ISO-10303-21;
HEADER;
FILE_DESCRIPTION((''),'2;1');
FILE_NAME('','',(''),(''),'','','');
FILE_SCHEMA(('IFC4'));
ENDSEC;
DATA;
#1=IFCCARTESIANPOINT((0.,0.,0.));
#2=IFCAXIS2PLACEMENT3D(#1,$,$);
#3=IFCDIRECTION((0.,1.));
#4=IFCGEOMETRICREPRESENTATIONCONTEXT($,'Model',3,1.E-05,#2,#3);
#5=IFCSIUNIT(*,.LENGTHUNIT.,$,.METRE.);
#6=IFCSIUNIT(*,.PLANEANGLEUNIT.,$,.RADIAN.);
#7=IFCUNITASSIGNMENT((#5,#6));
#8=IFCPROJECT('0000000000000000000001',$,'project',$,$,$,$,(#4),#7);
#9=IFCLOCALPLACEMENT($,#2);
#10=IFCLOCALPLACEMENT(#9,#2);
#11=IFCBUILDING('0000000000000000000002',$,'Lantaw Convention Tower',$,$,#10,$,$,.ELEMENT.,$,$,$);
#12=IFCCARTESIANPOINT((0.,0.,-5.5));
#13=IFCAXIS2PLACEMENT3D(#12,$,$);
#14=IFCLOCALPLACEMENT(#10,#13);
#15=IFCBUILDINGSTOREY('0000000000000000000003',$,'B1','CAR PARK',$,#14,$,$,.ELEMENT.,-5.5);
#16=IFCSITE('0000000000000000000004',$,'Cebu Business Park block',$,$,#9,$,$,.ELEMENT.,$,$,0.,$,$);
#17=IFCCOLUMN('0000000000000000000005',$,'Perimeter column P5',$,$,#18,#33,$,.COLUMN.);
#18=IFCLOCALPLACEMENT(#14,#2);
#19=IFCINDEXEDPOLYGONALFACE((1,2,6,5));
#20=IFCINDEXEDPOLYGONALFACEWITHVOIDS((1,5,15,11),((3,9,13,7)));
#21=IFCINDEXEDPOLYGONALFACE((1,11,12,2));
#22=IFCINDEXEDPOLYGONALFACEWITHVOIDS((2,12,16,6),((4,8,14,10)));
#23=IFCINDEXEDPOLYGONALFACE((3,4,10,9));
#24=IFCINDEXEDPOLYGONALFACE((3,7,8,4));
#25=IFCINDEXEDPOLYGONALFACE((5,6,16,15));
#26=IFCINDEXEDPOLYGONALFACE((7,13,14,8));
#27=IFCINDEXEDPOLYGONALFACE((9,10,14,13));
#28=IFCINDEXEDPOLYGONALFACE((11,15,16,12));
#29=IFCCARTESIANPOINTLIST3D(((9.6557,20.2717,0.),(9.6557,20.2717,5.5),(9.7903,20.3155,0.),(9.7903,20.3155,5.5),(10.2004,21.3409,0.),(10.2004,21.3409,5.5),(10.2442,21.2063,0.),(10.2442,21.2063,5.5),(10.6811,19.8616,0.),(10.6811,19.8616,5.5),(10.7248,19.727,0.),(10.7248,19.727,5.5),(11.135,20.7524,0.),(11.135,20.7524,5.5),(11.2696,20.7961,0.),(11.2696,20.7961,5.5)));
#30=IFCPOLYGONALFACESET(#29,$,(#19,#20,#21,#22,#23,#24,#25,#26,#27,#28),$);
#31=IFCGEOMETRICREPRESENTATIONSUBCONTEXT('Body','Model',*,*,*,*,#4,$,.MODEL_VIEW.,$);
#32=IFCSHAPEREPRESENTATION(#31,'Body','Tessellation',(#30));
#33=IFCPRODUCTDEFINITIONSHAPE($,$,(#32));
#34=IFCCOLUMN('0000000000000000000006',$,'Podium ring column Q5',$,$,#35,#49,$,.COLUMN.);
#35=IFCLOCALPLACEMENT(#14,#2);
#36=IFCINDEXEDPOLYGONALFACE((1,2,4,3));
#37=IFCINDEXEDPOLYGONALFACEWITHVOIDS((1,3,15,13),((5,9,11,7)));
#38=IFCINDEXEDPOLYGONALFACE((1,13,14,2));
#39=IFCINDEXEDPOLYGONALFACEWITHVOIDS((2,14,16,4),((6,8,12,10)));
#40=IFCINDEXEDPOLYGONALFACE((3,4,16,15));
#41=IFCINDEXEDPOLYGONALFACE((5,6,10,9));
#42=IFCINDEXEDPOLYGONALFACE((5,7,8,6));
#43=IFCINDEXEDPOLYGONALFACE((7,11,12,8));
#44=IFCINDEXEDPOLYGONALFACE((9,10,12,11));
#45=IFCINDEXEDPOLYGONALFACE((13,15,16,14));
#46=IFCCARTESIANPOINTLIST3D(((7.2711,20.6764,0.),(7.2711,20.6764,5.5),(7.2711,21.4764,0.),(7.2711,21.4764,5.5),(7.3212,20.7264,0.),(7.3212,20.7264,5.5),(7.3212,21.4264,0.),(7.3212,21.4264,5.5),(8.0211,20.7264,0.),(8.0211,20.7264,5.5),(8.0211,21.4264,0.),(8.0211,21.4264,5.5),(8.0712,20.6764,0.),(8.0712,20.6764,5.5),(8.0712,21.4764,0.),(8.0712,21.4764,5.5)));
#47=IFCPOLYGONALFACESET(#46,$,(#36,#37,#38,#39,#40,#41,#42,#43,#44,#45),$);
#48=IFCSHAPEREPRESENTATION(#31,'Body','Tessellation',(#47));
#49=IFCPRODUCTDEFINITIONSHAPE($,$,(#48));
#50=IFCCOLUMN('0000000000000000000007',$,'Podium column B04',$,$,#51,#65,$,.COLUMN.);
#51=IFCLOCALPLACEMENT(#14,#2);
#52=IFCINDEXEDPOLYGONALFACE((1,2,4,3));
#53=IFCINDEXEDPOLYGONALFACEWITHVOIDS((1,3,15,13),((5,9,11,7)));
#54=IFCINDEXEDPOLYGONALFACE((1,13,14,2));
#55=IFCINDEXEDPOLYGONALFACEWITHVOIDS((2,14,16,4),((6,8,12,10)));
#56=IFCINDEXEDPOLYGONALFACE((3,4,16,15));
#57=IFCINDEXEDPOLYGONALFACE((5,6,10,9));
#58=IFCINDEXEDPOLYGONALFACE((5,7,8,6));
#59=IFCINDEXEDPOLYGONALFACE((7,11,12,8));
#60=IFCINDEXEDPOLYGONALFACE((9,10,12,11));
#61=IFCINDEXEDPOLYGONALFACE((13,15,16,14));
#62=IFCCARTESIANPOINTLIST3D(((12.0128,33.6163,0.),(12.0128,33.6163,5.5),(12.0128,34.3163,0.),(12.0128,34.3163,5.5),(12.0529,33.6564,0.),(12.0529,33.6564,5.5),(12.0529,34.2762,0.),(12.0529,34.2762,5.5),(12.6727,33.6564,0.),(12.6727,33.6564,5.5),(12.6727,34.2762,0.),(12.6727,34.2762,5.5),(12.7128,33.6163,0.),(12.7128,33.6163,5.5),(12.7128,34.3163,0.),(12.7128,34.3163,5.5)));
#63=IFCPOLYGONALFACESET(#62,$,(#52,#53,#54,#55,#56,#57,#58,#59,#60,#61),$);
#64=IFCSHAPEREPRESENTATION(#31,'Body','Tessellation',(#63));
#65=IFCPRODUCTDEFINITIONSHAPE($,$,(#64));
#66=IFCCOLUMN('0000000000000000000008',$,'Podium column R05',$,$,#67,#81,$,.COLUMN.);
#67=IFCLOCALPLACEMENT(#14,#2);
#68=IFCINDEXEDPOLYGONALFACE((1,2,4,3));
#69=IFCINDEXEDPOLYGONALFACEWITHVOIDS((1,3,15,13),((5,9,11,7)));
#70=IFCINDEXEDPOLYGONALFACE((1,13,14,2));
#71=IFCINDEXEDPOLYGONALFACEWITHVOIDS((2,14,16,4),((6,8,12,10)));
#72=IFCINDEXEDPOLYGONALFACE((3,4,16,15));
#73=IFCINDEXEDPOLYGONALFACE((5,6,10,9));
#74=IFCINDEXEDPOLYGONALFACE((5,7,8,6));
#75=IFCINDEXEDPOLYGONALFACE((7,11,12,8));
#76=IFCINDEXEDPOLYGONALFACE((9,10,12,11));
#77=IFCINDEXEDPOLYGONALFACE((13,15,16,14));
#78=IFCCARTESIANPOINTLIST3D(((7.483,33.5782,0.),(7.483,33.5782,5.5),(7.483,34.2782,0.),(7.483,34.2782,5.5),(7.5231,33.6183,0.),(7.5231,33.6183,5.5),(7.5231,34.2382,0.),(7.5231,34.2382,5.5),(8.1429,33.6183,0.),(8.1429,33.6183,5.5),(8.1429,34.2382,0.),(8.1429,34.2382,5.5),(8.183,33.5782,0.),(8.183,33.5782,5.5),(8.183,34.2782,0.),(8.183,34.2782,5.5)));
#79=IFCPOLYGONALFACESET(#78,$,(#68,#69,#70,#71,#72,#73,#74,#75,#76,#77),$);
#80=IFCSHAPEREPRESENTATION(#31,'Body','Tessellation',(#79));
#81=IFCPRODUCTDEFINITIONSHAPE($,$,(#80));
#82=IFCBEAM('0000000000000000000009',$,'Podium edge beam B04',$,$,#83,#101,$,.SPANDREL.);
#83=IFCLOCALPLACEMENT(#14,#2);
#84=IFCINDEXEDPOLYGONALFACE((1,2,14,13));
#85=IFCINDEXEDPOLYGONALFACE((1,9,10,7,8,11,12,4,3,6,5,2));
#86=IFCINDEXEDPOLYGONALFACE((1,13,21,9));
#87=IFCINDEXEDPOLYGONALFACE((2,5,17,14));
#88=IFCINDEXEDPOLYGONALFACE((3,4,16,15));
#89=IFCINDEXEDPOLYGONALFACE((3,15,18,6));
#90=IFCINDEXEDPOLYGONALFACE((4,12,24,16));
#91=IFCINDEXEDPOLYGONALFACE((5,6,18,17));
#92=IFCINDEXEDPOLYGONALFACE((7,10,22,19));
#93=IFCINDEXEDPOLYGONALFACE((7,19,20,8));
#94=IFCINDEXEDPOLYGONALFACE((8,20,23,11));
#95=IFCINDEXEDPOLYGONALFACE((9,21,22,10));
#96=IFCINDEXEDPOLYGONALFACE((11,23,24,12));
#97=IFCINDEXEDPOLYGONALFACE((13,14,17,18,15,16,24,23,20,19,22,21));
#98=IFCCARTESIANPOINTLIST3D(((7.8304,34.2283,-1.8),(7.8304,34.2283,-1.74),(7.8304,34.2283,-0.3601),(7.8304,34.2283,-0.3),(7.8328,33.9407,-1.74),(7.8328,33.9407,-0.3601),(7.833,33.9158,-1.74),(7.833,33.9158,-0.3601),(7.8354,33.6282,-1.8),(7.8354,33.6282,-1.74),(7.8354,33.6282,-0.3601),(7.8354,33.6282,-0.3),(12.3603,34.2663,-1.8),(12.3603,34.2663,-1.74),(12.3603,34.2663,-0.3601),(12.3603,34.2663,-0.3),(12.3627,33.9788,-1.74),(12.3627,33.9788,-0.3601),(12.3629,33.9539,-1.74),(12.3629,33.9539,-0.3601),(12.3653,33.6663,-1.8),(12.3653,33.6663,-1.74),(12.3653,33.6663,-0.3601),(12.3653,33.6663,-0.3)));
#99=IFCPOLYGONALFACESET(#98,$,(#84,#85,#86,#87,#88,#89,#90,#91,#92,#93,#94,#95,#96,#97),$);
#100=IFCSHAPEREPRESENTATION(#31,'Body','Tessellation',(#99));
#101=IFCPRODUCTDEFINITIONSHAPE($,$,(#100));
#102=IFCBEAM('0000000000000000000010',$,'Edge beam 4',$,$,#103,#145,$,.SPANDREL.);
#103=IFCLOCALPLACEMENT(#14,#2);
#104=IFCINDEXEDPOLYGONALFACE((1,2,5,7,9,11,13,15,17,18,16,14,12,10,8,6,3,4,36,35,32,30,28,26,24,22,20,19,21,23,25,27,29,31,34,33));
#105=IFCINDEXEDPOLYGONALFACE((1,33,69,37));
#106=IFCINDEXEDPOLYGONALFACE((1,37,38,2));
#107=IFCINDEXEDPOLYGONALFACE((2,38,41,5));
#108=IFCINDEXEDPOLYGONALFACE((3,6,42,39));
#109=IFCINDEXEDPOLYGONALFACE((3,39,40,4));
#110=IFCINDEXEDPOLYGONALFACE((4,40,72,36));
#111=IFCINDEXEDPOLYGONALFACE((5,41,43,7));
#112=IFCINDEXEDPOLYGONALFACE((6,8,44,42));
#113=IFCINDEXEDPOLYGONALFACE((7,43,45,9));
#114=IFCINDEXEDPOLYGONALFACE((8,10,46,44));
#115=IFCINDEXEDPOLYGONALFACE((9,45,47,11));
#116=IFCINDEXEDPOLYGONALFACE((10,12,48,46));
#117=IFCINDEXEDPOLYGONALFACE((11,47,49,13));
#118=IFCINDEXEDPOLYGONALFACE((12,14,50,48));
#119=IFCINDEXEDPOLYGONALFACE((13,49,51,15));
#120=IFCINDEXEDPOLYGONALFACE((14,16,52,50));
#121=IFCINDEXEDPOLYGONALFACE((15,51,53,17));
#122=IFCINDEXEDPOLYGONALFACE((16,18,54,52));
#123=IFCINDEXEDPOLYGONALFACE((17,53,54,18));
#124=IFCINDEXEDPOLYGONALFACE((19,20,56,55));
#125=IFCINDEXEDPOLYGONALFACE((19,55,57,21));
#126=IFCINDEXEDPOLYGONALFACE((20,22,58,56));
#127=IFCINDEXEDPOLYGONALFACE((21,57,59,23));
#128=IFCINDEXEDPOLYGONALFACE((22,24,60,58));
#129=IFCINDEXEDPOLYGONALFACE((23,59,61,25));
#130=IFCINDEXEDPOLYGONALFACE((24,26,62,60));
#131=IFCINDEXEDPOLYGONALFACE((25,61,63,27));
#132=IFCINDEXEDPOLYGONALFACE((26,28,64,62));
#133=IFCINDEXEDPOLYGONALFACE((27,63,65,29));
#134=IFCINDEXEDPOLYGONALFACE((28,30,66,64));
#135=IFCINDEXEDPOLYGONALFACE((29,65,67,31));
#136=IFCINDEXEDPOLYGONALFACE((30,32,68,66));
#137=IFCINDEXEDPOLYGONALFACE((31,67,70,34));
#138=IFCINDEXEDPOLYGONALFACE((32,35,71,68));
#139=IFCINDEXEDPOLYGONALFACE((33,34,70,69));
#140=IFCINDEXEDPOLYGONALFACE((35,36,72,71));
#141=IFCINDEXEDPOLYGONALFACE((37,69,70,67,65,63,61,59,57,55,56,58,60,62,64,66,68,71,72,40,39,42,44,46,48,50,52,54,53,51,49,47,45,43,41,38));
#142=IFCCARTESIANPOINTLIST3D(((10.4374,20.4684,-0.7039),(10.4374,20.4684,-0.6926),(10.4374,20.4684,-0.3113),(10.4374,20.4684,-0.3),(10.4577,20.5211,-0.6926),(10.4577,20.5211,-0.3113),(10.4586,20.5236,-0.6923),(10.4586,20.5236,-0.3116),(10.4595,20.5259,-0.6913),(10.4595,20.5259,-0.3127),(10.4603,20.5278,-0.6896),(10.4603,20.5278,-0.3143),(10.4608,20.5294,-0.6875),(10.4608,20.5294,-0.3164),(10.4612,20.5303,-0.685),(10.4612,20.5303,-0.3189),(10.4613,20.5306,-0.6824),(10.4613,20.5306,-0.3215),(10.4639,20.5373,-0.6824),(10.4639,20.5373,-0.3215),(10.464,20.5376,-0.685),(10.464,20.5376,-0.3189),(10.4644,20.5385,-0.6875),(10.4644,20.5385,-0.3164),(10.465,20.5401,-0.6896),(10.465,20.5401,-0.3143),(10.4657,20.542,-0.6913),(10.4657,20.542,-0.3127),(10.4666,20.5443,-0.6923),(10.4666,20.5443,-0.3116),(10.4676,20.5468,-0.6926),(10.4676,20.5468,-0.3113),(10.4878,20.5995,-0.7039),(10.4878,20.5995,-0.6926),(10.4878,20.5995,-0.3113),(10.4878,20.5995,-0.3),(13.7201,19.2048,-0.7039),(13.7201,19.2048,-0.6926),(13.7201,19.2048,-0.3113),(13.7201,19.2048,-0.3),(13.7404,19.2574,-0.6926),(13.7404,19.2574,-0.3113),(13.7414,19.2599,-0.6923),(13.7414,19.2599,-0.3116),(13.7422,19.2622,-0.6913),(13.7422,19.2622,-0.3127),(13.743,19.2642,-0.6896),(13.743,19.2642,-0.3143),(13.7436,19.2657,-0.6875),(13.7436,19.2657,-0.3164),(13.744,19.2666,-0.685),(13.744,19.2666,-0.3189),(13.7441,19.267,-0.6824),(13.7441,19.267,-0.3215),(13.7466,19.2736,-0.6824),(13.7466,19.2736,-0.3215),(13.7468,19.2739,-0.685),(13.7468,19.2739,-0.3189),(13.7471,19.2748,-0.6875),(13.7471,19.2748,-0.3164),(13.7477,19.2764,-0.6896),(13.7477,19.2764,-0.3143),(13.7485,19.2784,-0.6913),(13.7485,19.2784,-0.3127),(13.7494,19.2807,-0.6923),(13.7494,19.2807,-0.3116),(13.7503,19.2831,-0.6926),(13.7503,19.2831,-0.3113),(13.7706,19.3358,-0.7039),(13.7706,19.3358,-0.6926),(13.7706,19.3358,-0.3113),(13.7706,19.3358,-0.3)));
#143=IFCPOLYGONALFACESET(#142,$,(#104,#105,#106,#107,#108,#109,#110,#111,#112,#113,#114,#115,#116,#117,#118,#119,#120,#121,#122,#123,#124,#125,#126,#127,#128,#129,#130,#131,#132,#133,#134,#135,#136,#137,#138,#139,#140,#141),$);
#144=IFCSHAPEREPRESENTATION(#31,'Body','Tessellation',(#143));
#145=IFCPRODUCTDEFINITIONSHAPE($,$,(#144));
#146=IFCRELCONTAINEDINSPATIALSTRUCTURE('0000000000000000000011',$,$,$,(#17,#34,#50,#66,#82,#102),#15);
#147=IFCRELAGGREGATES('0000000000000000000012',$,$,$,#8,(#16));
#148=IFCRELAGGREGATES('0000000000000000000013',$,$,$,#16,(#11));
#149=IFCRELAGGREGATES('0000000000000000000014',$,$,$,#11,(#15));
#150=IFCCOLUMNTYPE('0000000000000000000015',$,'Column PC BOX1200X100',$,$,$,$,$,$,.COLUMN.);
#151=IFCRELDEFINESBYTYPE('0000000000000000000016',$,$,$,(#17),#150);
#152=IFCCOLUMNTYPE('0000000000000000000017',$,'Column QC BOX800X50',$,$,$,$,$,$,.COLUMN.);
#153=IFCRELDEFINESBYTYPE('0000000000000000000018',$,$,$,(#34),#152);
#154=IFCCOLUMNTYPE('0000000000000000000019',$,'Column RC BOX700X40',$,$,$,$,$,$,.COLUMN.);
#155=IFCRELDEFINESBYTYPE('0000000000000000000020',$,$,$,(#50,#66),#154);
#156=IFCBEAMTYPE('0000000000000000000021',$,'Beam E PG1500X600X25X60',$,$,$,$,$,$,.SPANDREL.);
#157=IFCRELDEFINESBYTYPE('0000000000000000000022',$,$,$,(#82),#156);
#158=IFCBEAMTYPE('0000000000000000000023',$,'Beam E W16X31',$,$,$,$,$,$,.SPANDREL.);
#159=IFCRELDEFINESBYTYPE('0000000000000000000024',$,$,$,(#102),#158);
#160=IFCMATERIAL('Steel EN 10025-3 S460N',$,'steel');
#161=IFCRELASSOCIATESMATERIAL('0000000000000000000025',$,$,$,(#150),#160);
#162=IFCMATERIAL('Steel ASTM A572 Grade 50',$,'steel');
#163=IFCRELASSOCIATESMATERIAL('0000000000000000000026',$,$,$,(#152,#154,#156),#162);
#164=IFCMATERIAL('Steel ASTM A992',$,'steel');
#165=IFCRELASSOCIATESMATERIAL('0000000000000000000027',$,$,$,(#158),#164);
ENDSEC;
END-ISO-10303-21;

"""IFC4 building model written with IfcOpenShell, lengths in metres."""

from ifc_helpers import new_model, si_unit, direction, frame, origin, origin_2d, place, context, subcontext, project, spatial, rectangle, hollow_rectangle, i_section, extrude, material, material_profile, profile_set, type_object, element, save


model = new_model("IFC4")

# Units and contexts
model_context = context("Model", 3, precision=1e-05, world=origin(), true_north=direction((0.0, 1.0)))
body_context = subcontext(model_context, "Body", "Model", "MODEL_VIEW")
ifc_project = project(units=[si_unit("LENGTHUNIT", "METRE"), si_unit("PLANEANGLEUNIT", "RADIAN")], contexts=[model_context])

# Site, building, storey
site_placement = place(None, origin())
site = spatial("IfcSite", under=ifc_project, at=site_placement, Name="Cebu Business Park block", CompositionType="ELEMENT", RefElevation=0.0)
building_placement = place(site_placement, origin())
building = spatial("IfcBuilding", under=site, at=building_placement, Name="Lantaw Convention Tower", CompositionType="ELEMENT")
storey_placement = place(building_placement, frame((0.0, 0.0, -5.5)))
storey = spatial("IfcBuildingStorey", under=building, at=storey_placement, Name="B1", Description="CAR PARK", CompositionType="ELEMENT", Elevation=-5.5)

# Columns
ifc_material_1 = material(Name="Steel EN 10025-3 S460N", Category="steel")
ifc_material_profile_1 = material_profile(ifc_material_1, hollow_rectangle(XDim=1.2, YDim=1.2, WallThickness=0.1001, at=origin_2d()), Name="BOX1200X100")
ifc_material_2 = material(Name="Concrete C60/75", Category="concrete")
ifc_material_profile_2 = material_profile(ifc_material_2, rectangle(XDim=1.0, YDim=1.0, at=origin_2d()), Name="Concrete fill of BOX1200X100")
ifc_profile_set_1 = profile_set([ifc_material_profile_1, ifc_material_profile_2], Name="Steel EN 10025-3 S460N")
column_type_1 = type_object("IfcColumnType", Name="Column PC BOX1200X100", PredefinedType="COLUMN", material=ifc_profile_set_1)
column_1_placement = place(storey_placement, frame((10.4626, 20.5339, 0.0), z_axis=(0.0, 0.0, 1.0), x_axis=(0.45399, 0.891007, 0.0)))
element("IfcColumn", 1, at=column_1_placement, inside=storey, type_object=column_type_1, Name="Perimeter column P5", PredefinedType="COLUMN", context=body_context, shape_type="SweptSolid", body=[
    extrude(hollow_rectangle(XDim=1.2, YDim=1.2, WallThickness=0.1001, at=origin_2d()), origin(), (0.0, 0.0, 1.0), 5.5),
])
ifc_material_3 = material(Name="Steel ASTM A572 Grade 50", Category="steel")
ifc_material_profile_3 = material_profile(ifc_material_3, hollow_rectangle(XDim=0.8, YDim=0.8, WallThickness=0.05, at=origin_2d()), Name="BOX800X50")
ifc_profile_set_2 = profile_set([ifc_material_profile_3], Name="Steel ASTM A572 Grade 50")
column_type_2 = type_object("IfcColumnType", Name="Column QC BOX800X50", PredefinedType="COLUMN", material=ifc_profile_set_2)
column_2_placement = place(storey_placement, frame((7.6711, 21.0764, 0.0), z_axis=(0.0, 0.0, 1.0), x_axis=(1.0, 0.0, 0.0)))
element("IfcColumn", 2, at=column_2_placement, inside=storey, type_object=column_type_2, Name="Podium ring column Q5", PredefinedType="COLUMN", context=body_context, shape_type="SweptSolid", body=[
    extrude(hollow_rectangle(XDim=0.8, YDim=0.8, WallThickness=0.05, at=origin_2d()), origin(), (0.0, 0.0, 1.0), 5.5),
])
ifc_material_profile_4 = material_profile(ifc_material_3, hollow_rectangle(XDim=0.7, YDim=0.7, WallThickness=0.04, at=origin_2d()), Name="BOX700X40")
ifc_profile_set_3 = profile_set([ifc_material_profile_4], Name="Steel ASTM A572 Grade 50")
column_type_3 = type_object("IfcColumnType", Name="Column RC BOX700X40", PredefinedType="COLUMN", material=ifc_profile_set_3)
for number, where, z_axis, x_axis, name in (
    (3, (12.3628, 33.9663, 0.0), (0.0, 0.0, 1.0), (1.0, 0.0, 0.0), "Podium column B04"),
    (4, (7.833, 33.9282, 0.0), (0.0, 0.0, 1.0), (1.0, 0.0, 0.0), "Podium column R05"),
):
    element("IfcColumn", number, at=place(storey_placement, frame(where, z_axis=z_axis, x_axis=x_axis)), inside=storey, type_object=column_type_3, Name=name, PredefinedType="COLUMN", context=body_context, shape_type="SweptSolid", body=[
        extrude(hollow_rectangle(XDim=0.7, YDim=0.7, WallThickness=0.04, at=origin_2d()), origin(), (0.0, 0.0, 1.0), 5.5),
    ])

# Beams
ifc_material_profile_5 = material_profile(ifc_material_3, i_section(OverallWidth=0.6001, OverallDepth=1.5, WebThickness=0.0249, FlangeThickness=0.0601, at=origin_2d()), Name="PG1500X600X25X60")
ifc_profile_set_4 = profile_set([ifc_material_profile_5], Name="Steel ASTM A572 Grade 50")
beam_type_1 = type_object("IfcBeamType", Name="Beam E PG1500X600X25X60", PredefinedType="SPANDREL", material=ifc_profile_set_4)
beam_1_placement = place(storey_placement, frame((12.3628, 33.9663, -1.05), z_axis=(-0.999965, -0.008408, 0.0), x_axis=(0.008408, -0.999965, 0.0)))
element("IfcBeam", 5, at=beam_1_placement, inside=storey, type_object=beam_type_1, Name="Podium edge beam B04", PredefinedType="SPANDREL", context=body_context, shape_type="SweptSolid", body=[
    extrude(i_section(OverallWidth=0.6001, OverallDepth=1.5, WebThickness=0.0249, FlangeThickness=0.0601, at=origin_2d()), origin(), (0.0, 0.0, 1.0), 4.53),
])
ifc_material_4 = material(Name="Steel ASTM A992", Category="steel")
ifc_material_profile_6 = material_profile(ifc_material_4, i_section(OverallWidth=0.1404, OverallDepth=0.4038, WebThickness=0.0071, FlangeThickness=0.0112, FilletRadius=0.0103, at=origin_2d()), Name="W16X31")
ifc_profile_set_5 = profile_set([ifc_material_profile_6], Name="Steel ASTM A992")
beam_type_2 = type_object("IfcBeamType", Name="Beam E W16X31", PredefinedType="SPANDREL", material=ifc_profile_set_5)
beam_2_placement = place(storey_placement, frame((13.7454, 19.2703, -0.502), z_axis=(-0.933242, 0.359249, 0.0), x_axis=(-0.359249, -0.933242, 0.0)))
element("IfcBeam", 6, at=beam_2_placement, inside=storey, type_object=beam_type_2, Name="Edge beam 4", PredefinedType="SPANDREL", context=body_context, shape_type="SweptSolid", body=[
    extrude(i_section(OverallWidth=0.1404, OverallDepth=0.4038, WebThickness=0.0071, FlangeThickness=0.0112, FilletRadius=0.0103, at=origin_2d()), origin(), (0.0, 0.0, 1.0), 3.5176),
])

save(model, "model.ifc")
